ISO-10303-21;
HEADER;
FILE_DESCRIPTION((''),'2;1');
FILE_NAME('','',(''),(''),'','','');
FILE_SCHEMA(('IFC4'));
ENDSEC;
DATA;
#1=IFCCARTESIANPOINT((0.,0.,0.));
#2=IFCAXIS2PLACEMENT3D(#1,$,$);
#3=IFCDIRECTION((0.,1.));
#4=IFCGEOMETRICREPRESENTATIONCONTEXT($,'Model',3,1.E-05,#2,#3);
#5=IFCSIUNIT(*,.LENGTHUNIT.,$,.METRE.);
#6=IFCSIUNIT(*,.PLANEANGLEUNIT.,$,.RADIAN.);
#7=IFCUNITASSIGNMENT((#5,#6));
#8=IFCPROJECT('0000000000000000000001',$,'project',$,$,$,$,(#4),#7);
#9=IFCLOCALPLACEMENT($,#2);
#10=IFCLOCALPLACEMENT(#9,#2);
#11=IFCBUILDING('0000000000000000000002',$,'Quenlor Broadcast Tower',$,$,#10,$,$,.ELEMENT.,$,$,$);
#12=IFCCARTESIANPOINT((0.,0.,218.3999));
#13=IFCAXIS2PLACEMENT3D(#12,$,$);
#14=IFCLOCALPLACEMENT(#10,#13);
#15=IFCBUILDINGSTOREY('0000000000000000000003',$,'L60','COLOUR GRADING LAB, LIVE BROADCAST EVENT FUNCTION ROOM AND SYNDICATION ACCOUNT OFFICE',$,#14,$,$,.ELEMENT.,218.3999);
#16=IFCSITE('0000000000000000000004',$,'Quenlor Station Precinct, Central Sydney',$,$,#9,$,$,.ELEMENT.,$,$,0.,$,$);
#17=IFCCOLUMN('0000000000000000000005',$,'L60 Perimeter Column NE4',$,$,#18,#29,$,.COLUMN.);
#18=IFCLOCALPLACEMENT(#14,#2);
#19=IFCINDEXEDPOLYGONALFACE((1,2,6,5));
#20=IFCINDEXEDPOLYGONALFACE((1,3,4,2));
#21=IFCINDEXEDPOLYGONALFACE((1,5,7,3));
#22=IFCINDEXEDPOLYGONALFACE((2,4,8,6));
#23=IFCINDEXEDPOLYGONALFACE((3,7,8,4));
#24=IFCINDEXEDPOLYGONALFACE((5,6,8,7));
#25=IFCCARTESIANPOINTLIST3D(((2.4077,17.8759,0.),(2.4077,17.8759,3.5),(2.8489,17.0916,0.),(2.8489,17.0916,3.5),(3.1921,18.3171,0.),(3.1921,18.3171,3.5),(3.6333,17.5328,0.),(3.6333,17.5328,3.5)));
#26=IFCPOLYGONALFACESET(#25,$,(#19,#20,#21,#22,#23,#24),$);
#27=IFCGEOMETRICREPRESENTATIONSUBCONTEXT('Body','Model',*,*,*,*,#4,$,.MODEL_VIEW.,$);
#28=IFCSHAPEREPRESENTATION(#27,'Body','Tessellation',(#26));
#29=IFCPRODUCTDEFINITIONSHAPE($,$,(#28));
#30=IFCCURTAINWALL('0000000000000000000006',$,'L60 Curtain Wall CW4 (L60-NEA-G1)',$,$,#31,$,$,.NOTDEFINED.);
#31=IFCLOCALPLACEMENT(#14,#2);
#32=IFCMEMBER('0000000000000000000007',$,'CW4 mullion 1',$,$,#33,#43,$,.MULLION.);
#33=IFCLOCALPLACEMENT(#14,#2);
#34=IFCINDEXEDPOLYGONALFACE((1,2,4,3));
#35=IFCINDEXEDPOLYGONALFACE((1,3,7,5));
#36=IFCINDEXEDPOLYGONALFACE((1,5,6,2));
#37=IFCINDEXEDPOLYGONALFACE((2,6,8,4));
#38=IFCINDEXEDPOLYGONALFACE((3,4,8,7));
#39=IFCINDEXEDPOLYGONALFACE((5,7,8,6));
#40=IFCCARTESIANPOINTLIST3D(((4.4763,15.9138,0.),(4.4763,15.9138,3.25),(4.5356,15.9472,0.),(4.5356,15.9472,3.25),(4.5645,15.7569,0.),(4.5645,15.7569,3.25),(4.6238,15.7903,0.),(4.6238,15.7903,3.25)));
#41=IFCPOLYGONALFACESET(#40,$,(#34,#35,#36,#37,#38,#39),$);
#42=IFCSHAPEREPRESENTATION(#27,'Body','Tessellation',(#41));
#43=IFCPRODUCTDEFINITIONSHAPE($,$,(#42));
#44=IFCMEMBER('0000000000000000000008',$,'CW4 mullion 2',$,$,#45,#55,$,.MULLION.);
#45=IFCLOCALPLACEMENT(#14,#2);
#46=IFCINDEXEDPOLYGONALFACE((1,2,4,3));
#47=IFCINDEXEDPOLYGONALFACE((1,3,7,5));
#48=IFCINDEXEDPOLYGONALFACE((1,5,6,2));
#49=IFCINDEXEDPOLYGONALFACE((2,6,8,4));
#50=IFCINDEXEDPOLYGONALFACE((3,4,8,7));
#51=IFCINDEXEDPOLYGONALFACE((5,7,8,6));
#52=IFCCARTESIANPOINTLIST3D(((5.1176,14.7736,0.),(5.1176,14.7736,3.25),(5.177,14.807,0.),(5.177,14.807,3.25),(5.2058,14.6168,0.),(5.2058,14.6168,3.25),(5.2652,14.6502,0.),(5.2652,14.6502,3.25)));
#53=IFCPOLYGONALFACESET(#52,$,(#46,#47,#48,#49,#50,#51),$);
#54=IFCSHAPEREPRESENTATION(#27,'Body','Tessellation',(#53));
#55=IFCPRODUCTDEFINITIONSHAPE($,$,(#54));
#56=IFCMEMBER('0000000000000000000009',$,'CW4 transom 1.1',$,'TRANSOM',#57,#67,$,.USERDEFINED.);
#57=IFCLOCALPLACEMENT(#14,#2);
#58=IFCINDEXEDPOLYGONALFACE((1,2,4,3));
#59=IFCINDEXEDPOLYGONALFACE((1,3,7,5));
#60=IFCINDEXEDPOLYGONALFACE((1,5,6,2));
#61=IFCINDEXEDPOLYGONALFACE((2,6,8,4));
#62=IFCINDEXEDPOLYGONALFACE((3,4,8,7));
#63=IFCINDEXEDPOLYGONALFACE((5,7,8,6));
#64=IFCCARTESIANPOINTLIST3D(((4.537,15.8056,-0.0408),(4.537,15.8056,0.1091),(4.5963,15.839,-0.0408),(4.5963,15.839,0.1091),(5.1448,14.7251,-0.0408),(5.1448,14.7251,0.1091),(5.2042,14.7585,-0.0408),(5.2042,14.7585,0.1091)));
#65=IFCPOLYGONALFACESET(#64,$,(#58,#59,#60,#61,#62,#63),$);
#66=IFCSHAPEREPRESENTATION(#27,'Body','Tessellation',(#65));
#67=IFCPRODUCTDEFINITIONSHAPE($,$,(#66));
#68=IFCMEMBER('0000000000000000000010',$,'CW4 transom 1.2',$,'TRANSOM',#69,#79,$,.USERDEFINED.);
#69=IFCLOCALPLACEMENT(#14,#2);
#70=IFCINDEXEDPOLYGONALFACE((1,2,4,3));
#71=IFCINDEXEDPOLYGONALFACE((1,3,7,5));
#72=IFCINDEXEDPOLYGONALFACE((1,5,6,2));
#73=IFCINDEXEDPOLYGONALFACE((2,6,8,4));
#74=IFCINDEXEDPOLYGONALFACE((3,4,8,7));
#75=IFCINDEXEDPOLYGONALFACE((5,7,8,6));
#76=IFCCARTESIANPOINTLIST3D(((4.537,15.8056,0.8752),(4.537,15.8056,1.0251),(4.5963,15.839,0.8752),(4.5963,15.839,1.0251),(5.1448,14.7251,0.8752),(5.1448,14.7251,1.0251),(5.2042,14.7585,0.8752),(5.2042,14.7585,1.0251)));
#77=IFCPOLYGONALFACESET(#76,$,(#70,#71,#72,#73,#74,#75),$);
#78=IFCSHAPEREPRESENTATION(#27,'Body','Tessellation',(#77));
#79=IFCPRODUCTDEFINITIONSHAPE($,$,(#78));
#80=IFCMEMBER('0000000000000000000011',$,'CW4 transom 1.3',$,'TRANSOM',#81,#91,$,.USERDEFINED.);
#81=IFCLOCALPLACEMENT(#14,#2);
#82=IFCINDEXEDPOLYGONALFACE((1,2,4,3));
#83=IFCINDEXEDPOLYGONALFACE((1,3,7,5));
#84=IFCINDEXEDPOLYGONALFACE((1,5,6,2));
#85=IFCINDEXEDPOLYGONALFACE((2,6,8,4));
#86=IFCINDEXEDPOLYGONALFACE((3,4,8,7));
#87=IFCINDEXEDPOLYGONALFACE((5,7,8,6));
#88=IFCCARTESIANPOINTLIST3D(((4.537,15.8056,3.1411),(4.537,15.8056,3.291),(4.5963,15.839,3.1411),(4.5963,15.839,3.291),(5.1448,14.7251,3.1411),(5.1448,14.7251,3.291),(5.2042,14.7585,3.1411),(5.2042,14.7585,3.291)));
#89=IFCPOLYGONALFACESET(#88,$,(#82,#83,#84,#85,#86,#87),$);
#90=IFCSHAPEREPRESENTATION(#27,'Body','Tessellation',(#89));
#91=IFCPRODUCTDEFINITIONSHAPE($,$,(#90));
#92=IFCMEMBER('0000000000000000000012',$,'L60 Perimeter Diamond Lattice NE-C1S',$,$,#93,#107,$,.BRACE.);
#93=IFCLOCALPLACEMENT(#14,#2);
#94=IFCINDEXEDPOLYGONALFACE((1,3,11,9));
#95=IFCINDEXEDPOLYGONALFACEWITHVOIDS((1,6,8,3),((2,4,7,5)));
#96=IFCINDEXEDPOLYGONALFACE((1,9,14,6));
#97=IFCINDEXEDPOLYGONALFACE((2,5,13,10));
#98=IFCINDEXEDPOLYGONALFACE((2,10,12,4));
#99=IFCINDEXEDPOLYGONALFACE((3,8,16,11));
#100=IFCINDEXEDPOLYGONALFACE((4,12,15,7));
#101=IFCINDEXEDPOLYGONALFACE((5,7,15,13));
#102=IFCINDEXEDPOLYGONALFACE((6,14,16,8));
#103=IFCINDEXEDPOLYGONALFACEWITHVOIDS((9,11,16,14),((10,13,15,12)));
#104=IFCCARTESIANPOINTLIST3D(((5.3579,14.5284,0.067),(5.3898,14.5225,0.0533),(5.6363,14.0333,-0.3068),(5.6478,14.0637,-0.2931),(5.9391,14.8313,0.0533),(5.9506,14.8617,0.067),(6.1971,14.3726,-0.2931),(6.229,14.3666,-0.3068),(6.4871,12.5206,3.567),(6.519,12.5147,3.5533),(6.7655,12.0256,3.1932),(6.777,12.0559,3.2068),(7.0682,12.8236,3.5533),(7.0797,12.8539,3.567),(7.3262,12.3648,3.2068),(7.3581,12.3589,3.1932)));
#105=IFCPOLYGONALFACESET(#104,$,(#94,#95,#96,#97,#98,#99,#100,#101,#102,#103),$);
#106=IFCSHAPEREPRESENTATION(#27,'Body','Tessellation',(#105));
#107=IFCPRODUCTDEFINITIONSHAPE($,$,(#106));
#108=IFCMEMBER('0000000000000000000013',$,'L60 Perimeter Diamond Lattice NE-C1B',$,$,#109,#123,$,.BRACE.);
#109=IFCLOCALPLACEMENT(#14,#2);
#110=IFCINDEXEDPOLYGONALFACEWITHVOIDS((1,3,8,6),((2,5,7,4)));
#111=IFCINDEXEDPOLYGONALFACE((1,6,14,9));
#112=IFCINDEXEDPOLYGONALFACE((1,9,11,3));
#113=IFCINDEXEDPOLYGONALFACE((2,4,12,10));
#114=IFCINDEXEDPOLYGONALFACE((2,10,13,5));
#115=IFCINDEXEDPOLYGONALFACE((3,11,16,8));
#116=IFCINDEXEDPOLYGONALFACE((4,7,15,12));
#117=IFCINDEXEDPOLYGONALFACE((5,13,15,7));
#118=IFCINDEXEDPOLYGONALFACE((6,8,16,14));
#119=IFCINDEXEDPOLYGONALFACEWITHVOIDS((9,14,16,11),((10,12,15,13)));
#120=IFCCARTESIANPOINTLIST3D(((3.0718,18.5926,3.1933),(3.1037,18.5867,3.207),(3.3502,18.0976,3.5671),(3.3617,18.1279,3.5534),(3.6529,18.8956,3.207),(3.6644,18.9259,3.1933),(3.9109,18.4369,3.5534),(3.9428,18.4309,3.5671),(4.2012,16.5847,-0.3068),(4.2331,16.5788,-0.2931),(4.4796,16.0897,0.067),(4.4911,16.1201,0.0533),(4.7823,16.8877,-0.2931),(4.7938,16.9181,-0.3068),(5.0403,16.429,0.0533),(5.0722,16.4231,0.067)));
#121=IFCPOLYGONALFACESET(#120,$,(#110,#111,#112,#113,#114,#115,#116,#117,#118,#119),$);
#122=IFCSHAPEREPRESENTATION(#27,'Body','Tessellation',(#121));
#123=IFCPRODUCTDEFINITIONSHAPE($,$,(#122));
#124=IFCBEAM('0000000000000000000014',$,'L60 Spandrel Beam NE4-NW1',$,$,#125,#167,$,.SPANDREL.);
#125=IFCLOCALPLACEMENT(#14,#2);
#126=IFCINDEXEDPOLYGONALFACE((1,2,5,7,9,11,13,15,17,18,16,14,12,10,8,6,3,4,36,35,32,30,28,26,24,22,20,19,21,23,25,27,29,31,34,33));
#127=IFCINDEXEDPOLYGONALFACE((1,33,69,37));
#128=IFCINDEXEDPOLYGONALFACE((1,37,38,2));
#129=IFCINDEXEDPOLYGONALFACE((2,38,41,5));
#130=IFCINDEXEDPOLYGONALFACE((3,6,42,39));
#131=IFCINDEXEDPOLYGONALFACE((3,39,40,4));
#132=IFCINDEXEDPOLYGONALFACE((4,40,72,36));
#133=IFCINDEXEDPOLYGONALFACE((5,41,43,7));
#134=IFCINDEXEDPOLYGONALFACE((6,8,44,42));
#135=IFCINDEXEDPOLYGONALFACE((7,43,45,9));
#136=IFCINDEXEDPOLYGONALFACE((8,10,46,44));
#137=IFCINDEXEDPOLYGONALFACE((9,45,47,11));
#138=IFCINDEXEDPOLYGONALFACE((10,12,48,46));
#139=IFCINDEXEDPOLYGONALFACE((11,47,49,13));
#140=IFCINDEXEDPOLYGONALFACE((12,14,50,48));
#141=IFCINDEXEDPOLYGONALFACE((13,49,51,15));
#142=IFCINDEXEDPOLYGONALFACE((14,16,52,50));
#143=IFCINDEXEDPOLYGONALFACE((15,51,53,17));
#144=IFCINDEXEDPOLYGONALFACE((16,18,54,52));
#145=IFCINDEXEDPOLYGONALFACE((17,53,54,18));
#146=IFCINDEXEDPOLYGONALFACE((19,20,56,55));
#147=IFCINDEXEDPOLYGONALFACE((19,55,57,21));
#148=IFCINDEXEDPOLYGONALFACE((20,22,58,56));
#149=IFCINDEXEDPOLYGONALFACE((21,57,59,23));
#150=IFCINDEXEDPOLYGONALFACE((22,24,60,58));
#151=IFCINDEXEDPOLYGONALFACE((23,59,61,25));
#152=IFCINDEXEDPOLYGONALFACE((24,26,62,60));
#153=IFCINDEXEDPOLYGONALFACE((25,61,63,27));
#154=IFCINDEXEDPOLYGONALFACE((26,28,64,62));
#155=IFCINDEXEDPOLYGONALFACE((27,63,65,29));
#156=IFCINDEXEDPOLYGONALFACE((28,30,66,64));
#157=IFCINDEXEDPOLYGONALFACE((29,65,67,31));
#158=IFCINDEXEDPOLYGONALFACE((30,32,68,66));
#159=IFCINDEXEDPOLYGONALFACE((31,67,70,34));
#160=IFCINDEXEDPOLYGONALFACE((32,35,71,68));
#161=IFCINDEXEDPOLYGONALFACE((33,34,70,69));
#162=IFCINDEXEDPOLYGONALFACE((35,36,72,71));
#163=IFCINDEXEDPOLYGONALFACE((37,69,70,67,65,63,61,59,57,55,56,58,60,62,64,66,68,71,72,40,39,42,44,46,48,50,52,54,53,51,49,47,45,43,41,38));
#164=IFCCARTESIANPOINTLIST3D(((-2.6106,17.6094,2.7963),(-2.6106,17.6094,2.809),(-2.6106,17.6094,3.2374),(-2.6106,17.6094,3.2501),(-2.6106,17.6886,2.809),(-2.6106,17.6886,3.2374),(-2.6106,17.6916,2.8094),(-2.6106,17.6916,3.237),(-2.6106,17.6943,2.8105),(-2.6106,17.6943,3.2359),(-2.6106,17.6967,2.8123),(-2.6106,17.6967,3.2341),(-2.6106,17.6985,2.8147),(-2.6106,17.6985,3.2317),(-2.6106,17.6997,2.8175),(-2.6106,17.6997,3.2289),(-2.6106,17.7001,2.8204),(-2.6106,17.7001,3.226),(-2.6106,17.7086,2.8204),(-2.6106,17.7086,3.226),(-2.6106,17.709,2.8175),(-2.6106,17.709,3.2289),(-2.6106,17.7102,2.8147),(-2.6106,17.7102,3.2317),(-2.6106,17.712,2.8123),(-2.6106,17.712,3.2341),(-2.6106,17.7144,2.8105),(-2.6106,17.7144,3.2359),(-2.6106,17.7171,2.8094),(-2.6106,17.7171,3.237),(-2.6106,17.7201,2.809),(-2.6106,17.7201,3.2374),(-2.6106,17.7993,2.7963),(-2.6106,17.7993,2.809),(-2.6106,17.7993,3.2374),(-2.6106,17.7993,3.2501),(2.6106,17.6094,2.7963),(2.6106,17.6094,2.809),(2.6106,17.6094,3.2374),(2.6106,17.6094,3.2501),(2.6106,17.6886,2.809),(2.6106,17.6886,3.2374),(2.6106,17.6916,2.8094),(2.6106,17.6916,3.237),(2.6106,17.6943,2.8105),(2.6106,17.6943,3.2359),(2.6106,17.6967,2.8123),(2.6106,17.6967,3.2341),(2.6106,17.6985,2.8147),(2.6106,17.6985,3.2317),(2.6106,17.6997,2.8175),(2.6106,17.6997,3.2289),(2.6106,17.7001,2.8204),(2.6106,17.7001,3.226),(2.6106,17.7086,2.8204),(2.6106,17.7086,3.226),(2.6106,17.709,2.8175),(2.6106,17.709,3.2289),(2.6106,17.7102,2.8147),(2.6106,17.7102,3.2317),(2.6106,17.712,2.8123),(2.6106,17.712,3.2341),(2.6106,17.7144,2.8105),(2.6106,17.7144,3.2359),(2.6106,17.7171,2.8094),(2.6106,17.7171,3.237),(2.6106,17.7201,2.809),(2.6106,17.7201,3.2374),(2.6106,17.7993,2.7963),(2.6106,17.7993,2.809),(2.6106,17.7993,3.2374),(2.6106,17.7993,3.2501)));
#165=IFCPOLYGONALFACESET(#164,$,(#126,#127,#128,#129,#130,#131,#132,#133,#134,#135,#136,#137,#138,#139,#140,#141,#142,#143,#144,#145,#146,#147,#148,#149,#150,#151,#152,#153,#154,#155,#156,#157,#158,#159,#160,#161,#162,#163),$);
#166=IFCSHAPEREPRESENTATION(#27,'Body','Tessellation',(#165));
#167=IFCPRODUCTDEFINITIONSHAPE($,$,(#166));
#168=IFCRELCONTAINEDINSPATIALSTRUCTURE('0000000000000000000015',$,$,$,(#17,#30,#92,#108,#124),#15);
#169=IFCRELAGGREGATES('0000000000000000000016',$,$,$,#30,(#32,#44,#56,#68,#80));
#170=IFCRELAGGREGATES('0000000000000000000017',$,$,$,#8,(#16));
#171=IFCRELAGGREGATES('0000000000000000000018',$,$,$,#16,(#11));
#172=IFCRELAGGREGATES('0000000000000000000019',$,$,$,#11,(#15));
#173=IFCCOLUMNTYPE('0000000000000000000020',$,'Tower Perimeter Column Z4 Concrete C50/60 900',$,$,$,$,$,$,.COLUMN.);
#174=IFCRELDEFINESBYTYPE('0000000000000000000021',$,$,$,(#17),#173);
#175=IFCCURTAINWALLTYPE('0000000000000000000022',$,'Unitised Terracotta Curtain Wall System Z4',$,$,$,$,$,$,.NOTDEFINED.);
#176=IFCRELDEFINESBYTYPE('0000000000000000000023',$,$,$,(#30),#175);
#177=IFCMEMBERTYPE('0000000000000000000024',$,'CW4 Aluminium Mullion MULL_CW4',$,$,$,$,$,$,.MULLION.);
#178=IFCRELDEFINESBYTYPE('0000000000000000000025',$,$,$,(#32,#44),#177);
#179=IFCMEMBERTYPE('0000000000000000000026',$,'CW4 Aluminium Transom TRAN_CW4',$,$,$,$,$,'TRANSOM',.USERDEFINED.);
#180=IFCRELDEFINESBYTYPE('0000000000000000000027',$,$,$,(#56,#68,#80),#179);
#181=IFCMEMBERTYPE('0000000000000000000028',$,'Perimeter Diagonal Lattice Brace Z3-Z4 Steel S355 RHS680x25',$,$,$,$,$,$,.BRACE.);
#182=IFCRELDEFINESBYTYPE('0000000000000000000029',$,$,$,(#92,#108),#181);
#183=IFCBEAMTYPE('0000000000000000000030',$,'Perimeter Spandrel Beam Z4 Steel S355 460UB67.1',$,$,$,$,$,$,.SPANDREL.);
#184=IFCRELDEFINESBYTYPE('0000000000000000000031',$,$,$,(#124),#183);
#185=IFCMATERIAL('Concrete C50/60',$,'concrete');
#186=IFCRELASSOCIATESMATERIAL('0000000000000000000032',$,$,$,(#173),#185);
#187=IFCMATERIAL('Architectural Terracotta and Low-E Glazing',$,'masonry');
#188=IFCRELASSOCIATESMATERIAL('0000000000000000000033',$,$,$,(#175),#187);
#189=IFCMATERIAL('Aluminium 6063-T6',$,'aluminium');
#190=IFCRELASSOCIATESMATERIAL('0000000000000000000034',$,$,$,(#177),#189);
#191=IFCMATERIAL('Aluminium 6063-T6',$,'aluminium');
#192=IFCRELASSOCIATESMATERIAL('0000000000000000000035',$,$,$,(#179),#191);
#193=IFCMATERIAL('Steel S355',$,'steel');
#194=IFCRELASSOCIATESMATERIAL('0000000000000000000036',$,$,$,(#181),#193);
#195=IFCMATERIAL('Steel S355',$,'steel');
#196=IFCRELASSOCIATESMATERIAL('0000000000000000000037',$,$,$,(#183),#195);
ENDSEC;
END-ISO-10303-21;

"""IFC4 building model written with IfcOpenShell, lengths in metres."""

from ifc_helpers import new_model, si_unit, direction, frame, origin, origin_2d, place, context, subcontext, project, spatial, rectangle, hollow_rectangle, i_section, extrude, material, material_profile, profile_set, type_object, element, aggregate, save


model = new_model("IFC4")

# Units and contexts
model_context = context("Model", 3, precision=1e-05, world=origin(), true_north=direction((0.0, 1.0)))
body_context = subcontext(model_context, "Body", "Model", "MODEL_VIEW")
ifc_project = project(units=[si_unit("LENGTHUNIT", "METRE"), si_unit("PLANEANGLEUNIT", "RADIAN")], contexts=[model_context])

# Site, building, storey
site_placement = place(None, origin())
site = spatial("IfcSite", under=ifc_project, at=site_placement, Name="Quenlor Station Precinct, Central Sydney", CompositionType="ELEMENT", RefElevation=0.0)
building_placement = place(site_placement, origin())
building = spatial("IfcBuilding", under=site, at=building_placement, Name="Quenlor Broadcast Tower", CompositionType="ELEMENT")
storey_placement = place(building_placement, frame((0.0, 0.0, 218.3999)))
storey = spatial("IfcBuildingStorey", under=building, at=storey_placement, Name="L60", Description="COLOUR GRADING LAB, LIVE BROADCAST EVENT FUNCTION ROOM AND SYNDICATION ACCOUNT OFFICE", CompositionType="ELEMENT", Elevation=218.3999)

# Column
ifc_material_1 = material(Name="Concrete C50/60", Category="concrete")
ifc_material_profile_1 = material_profile(ifc_material_1, rectangle(XDim=0.8999, YDim=0.8999, at=origin_2d()))
ifc_profile_set_1 = profile_set([ifc_material_profile_1], Name="Concrete C50/60 RC900x900")
column_type = type_object("IfcColumnType", Name="Tower Perimeter Column Z4 Concrete C50/60 900", PredefinedType="COLUMN", material=ifc_profile_set_1)
column_placement = place(storey_placement, frame((3.0205, 17.7043, 0.0), z_axis=(0.0, 0.0, 1.0), x_axis=(0.871575, 0.490262, 0.0)))
element("IfcColumn", 1, at=column_placement, inside=storey, type_object=column_type, Name="L60 Perimeter Column NE4", PredefinedType="COLUMN", context=body_context, shape_type="SweptSolid", body=[
    extrude(rectangle(XDim=0.8999, YDim=0.8999, at=origin_2d()), origin(), (0.0, 0.0, 1.0), 3.5),
])

# Curtain wall, members
ifc_material_2 = material(Name="Architectural Terracotta and Low-E Glazing", Category="masonry")
curtain_wall_type = type_object("IfcCurtainWallType", Name="Unitised Terracotta Curtain Wall System Z4", PredefinedType="NOTDEFINED", material=ifc_material_2)
curtain_wall_placement = place(storey_placement, origin())
curtain_wall = element("IfcCurtainWall", 2, at=curtain_wall_placement, inside=storey, type_object=curtain_wall_type, Name="L60 Curtain Wall CW4 (L60-NEA-G1)", PredefinedType="NOTDEFINED")
ifc_material_3 = material(Name="Aluminium 6063-T6", Category="aluminium")
ifc_material_profile_2 = material_profile(ifc_material_3, rectangle(XDim=0.0681, YDim=0.1799, at=origin_2d()))
ifc_profile_set_2 = profile_set([ifc_material_profile_2], Name="Aluminium 6063-T6 MULL68x180")
member_type_1 = type_object("IfcMemberType", Name="CW4 Aluminium Mullion MULL_CW4", PredefinedType="MULLION", material=ifc_profile_set_2)
member_1_placement = place(storey_placement, frame((4.55, 15.8521, 0.0), z_axis=(0.0, 0.0, 1.0), x_axis=(0.87156, 0.490289, 0.0)))
member_1 = element("IfcMember", 3, at=member_1_placement, type_object=member_type_1, Name="CW4 mullion 1", PredefinedType="MULLION", context=body_context, shape_type="SweptSolid", body=[
    extrude(rectangle(XDim=0.0681, YDim=0.1799, at=origin_2d()), origin(), (0.0, 0.0, 1.0), 3.25),
])
member_2_placement = place(storey_placement, frame((5.1914, 14.7119, 0.0), z_axis=(0.0, 0.0, 1.0), x_axis=(0.87156, 0.490289, 0.0)))
member_2 = element("IfcMember", 4, at=member_2_placement, type_object=member_type_1, Name="CW4 mullion 2", PredefinedType="MULLION", context=body_context, shape_type="SweptSolid", body=[
    extrude(rectangle(XDim=0.0681, YDim=0.1799, at=origin_2d()), origin(), (0.0, 0.0, 1.0), 3.25),
])
ifc_material_4 = material(Name="Aluminium 6063-T6", Category="aluminium")
ifc_material_profile_3 = material_profile(ifc_material_4, rectangle(XDim=0.0681, YDim=0.1499, at=origin_2d()))
ifc_profile_set_3 = profile_set([ifc_material_profile_3], Name="Aluminium 6063-T6 TRAN68x150")
member_type_2 = type_object("IfcMemberType", Name="CW4 Aluminium Transom TRAN_CW4", ElementType="TRANSOM", PredefinedType="USERDEFINED", material=ifc_profile_set_3)
member_3_placement = place(storey_placement, frame((4.5667, 15.8223, 0.0342), z_axis=(0.490317, -0.871544, 0.0), x_axis=(0.871544, 0.490317, 0.0)))
member_3 = element("IfcMember", 5, at=member_3_placement, type_object=member_type_2, Name="CW4 transom 1.1", ObjectType="TRANSOM", PredefinedType="USERDEFINED", context=body_context, shape_type="SweptSolid", body=[
    extrude(rectangle(XDim=0.0681, YDim=0.1499, at=origin_2d()), origin(), (0.0, 0.0, 1.0), 1.2397),
])
member_4_placement = place(storey_placement, frame((4.5667, 15.8223, 0.9502), z_axis=(0.490317, -0.871544, 0.0), x_axis=(0.871544, 0.490317, 0.0)))
member_4 = element("IfcMember", 6, at=member_4_placement, type_object=member_type_2, Name="CW4 transom 1.2", ObjectType="TRANSOM", PredefinedType="USERDEFINED", context=body_context, shape_type="SweptSolid", body=[
    extrude(rectangle(XDim=0.0681, YDim=0.1499, at=origin_2d()), origin(), (0.0, 0.0, 1.0), 1.2397),
])
member_5_placement = place(storey_placement, frame((4.5667, 15.8223, 3.2161), z_axis=(0.490317, -0.871544, 0.0), x_axis=(0.871544, 0.490317, 0.0)))
member_5 = element("IfcMember", 7, at=member_5_placement, type_object=member_type_2, Name="CW4 transom 1.3", ObjectType="TRANSOM", PredefinedType="USERDEFINED", context=body_context, shape_type="SweptSolid", body=[
    extrude(rectangle(XDim=0.0681, YDim=0.1499, at=origin_2d()), origin(), (0.0, 0.0, 1.0), 1.2397),
])

# Members
ifc_material_5 = material(Name="Steel S355", Category="steel")
ifc_material_profile_4 = material_profile(ifc_material_5, hollow_rectangle(XDim=0.6799, YDim=0.6799, WallThickness=0.0249, at=origin_2d()))
ifc_profile_set_4 = profile_set([ifc_material_profile_4], Name="Steel S355 RHS680x680x25")
member_type_3 = type_object("IfcMemberType", Name="Perimeter Diagonal Lattice Brace Z3-Z4 Steel S355 RHS680x25", PredefinedType="BRACE", material=ifc_profile_set_4)
member_6_placement = place(storey_placement, frame((5.7935, 14.4475, -0.1199), z_axis=(0.269485, -0.479189, 0.835318), x_axis=(0.871621, 0.490181, 0.0)))
element("IfcMember", 8, at=member_6_placement, inside=storey, type_object=member_type_3, Name="L60 Perimeter Diamond Lattice NE-C1S", PredefinedType="BRACE", context=body_context, shape_type="SweptSolid", body=[
    extrude(hollow_rectangle(XDim=0.6799, YDim=0.6799, WallThickness=0.0249, at=origin_2d()), origin(), (0.0, 0.0, 1.0), 4.1899),
])
member_7_placement = place(storey_placement, frame((4.6367, 16.5039, -0.1199), z_axis=(-0.26954, 0.479181, 0.835305), x_axis=(-0.871576, -0.490261, 0.0)))
element("IfcMember", 9, at=member_7_placement, inside=storey, type_object=member_type_3, Name="L60 Perimeter Diamond Lattice NE-C1B", PredefinedType="BRACE", context=body_context, shape_type="SweptSolid", body=[
    extrude(hollow_rectangle(XDim=0.6799, YDim=0.6799, WallThickness=0.0249, at=origin_2d()), origin(), (0.0, 0.0, 1.0), 4.1902),
])

# Beam
ifc_material_6 = material(Name="Steel S355", Category="steel")
ifc_material_profile_5 = material_profile(ifc_material_6, i_section(OverallWidth=0.1899, OverallDepth=0.4539, WebThickness=0.0085, FlangeThickness=0.0127, FilletRadius=0.0115, at=origin_2d()))
ifc_profile_set_5 = profile_set([ifc_material_profile_5], Name="Steel S355 460UB67.1")
beam_type_1 = type_object("IfcBeamType", Name="Perimeter Spandrel Beam Z4 Steel S355 460UB67.1", PredefinedType="SPANDREL", material=ifc_profile_set_5)
beam_1_placement = place(storey_placement, frame((2.6106, 17.7043, 3.0232), z_axis=(-1.0, 0.0, 0.0), x_axis=(0.0, -1.0, 0.0)))
element("IfcBeam", 10, at=beam_1_placement, inside=storey, type_object=beam_type_1, Name="L60 Spandrel Beam NE4-NW1", PredefinedType="SPANDREL", context=body_context, shape_type="SweptSolid", body=[
    extrude(i_section(OverallWidth=0.1899, OverallDepth=0.4539, WebThickness=0.0085, FlangeThickness=0.0127, FilletRadius=0.0115, at=origin_2d()), origin(), (0.0, 0.0, 1.0), 5.2212),
])

aggregate(curtain_wall, [member_1, member_2, member_3, member_4, member_5])

save(model, "model.ifc")
